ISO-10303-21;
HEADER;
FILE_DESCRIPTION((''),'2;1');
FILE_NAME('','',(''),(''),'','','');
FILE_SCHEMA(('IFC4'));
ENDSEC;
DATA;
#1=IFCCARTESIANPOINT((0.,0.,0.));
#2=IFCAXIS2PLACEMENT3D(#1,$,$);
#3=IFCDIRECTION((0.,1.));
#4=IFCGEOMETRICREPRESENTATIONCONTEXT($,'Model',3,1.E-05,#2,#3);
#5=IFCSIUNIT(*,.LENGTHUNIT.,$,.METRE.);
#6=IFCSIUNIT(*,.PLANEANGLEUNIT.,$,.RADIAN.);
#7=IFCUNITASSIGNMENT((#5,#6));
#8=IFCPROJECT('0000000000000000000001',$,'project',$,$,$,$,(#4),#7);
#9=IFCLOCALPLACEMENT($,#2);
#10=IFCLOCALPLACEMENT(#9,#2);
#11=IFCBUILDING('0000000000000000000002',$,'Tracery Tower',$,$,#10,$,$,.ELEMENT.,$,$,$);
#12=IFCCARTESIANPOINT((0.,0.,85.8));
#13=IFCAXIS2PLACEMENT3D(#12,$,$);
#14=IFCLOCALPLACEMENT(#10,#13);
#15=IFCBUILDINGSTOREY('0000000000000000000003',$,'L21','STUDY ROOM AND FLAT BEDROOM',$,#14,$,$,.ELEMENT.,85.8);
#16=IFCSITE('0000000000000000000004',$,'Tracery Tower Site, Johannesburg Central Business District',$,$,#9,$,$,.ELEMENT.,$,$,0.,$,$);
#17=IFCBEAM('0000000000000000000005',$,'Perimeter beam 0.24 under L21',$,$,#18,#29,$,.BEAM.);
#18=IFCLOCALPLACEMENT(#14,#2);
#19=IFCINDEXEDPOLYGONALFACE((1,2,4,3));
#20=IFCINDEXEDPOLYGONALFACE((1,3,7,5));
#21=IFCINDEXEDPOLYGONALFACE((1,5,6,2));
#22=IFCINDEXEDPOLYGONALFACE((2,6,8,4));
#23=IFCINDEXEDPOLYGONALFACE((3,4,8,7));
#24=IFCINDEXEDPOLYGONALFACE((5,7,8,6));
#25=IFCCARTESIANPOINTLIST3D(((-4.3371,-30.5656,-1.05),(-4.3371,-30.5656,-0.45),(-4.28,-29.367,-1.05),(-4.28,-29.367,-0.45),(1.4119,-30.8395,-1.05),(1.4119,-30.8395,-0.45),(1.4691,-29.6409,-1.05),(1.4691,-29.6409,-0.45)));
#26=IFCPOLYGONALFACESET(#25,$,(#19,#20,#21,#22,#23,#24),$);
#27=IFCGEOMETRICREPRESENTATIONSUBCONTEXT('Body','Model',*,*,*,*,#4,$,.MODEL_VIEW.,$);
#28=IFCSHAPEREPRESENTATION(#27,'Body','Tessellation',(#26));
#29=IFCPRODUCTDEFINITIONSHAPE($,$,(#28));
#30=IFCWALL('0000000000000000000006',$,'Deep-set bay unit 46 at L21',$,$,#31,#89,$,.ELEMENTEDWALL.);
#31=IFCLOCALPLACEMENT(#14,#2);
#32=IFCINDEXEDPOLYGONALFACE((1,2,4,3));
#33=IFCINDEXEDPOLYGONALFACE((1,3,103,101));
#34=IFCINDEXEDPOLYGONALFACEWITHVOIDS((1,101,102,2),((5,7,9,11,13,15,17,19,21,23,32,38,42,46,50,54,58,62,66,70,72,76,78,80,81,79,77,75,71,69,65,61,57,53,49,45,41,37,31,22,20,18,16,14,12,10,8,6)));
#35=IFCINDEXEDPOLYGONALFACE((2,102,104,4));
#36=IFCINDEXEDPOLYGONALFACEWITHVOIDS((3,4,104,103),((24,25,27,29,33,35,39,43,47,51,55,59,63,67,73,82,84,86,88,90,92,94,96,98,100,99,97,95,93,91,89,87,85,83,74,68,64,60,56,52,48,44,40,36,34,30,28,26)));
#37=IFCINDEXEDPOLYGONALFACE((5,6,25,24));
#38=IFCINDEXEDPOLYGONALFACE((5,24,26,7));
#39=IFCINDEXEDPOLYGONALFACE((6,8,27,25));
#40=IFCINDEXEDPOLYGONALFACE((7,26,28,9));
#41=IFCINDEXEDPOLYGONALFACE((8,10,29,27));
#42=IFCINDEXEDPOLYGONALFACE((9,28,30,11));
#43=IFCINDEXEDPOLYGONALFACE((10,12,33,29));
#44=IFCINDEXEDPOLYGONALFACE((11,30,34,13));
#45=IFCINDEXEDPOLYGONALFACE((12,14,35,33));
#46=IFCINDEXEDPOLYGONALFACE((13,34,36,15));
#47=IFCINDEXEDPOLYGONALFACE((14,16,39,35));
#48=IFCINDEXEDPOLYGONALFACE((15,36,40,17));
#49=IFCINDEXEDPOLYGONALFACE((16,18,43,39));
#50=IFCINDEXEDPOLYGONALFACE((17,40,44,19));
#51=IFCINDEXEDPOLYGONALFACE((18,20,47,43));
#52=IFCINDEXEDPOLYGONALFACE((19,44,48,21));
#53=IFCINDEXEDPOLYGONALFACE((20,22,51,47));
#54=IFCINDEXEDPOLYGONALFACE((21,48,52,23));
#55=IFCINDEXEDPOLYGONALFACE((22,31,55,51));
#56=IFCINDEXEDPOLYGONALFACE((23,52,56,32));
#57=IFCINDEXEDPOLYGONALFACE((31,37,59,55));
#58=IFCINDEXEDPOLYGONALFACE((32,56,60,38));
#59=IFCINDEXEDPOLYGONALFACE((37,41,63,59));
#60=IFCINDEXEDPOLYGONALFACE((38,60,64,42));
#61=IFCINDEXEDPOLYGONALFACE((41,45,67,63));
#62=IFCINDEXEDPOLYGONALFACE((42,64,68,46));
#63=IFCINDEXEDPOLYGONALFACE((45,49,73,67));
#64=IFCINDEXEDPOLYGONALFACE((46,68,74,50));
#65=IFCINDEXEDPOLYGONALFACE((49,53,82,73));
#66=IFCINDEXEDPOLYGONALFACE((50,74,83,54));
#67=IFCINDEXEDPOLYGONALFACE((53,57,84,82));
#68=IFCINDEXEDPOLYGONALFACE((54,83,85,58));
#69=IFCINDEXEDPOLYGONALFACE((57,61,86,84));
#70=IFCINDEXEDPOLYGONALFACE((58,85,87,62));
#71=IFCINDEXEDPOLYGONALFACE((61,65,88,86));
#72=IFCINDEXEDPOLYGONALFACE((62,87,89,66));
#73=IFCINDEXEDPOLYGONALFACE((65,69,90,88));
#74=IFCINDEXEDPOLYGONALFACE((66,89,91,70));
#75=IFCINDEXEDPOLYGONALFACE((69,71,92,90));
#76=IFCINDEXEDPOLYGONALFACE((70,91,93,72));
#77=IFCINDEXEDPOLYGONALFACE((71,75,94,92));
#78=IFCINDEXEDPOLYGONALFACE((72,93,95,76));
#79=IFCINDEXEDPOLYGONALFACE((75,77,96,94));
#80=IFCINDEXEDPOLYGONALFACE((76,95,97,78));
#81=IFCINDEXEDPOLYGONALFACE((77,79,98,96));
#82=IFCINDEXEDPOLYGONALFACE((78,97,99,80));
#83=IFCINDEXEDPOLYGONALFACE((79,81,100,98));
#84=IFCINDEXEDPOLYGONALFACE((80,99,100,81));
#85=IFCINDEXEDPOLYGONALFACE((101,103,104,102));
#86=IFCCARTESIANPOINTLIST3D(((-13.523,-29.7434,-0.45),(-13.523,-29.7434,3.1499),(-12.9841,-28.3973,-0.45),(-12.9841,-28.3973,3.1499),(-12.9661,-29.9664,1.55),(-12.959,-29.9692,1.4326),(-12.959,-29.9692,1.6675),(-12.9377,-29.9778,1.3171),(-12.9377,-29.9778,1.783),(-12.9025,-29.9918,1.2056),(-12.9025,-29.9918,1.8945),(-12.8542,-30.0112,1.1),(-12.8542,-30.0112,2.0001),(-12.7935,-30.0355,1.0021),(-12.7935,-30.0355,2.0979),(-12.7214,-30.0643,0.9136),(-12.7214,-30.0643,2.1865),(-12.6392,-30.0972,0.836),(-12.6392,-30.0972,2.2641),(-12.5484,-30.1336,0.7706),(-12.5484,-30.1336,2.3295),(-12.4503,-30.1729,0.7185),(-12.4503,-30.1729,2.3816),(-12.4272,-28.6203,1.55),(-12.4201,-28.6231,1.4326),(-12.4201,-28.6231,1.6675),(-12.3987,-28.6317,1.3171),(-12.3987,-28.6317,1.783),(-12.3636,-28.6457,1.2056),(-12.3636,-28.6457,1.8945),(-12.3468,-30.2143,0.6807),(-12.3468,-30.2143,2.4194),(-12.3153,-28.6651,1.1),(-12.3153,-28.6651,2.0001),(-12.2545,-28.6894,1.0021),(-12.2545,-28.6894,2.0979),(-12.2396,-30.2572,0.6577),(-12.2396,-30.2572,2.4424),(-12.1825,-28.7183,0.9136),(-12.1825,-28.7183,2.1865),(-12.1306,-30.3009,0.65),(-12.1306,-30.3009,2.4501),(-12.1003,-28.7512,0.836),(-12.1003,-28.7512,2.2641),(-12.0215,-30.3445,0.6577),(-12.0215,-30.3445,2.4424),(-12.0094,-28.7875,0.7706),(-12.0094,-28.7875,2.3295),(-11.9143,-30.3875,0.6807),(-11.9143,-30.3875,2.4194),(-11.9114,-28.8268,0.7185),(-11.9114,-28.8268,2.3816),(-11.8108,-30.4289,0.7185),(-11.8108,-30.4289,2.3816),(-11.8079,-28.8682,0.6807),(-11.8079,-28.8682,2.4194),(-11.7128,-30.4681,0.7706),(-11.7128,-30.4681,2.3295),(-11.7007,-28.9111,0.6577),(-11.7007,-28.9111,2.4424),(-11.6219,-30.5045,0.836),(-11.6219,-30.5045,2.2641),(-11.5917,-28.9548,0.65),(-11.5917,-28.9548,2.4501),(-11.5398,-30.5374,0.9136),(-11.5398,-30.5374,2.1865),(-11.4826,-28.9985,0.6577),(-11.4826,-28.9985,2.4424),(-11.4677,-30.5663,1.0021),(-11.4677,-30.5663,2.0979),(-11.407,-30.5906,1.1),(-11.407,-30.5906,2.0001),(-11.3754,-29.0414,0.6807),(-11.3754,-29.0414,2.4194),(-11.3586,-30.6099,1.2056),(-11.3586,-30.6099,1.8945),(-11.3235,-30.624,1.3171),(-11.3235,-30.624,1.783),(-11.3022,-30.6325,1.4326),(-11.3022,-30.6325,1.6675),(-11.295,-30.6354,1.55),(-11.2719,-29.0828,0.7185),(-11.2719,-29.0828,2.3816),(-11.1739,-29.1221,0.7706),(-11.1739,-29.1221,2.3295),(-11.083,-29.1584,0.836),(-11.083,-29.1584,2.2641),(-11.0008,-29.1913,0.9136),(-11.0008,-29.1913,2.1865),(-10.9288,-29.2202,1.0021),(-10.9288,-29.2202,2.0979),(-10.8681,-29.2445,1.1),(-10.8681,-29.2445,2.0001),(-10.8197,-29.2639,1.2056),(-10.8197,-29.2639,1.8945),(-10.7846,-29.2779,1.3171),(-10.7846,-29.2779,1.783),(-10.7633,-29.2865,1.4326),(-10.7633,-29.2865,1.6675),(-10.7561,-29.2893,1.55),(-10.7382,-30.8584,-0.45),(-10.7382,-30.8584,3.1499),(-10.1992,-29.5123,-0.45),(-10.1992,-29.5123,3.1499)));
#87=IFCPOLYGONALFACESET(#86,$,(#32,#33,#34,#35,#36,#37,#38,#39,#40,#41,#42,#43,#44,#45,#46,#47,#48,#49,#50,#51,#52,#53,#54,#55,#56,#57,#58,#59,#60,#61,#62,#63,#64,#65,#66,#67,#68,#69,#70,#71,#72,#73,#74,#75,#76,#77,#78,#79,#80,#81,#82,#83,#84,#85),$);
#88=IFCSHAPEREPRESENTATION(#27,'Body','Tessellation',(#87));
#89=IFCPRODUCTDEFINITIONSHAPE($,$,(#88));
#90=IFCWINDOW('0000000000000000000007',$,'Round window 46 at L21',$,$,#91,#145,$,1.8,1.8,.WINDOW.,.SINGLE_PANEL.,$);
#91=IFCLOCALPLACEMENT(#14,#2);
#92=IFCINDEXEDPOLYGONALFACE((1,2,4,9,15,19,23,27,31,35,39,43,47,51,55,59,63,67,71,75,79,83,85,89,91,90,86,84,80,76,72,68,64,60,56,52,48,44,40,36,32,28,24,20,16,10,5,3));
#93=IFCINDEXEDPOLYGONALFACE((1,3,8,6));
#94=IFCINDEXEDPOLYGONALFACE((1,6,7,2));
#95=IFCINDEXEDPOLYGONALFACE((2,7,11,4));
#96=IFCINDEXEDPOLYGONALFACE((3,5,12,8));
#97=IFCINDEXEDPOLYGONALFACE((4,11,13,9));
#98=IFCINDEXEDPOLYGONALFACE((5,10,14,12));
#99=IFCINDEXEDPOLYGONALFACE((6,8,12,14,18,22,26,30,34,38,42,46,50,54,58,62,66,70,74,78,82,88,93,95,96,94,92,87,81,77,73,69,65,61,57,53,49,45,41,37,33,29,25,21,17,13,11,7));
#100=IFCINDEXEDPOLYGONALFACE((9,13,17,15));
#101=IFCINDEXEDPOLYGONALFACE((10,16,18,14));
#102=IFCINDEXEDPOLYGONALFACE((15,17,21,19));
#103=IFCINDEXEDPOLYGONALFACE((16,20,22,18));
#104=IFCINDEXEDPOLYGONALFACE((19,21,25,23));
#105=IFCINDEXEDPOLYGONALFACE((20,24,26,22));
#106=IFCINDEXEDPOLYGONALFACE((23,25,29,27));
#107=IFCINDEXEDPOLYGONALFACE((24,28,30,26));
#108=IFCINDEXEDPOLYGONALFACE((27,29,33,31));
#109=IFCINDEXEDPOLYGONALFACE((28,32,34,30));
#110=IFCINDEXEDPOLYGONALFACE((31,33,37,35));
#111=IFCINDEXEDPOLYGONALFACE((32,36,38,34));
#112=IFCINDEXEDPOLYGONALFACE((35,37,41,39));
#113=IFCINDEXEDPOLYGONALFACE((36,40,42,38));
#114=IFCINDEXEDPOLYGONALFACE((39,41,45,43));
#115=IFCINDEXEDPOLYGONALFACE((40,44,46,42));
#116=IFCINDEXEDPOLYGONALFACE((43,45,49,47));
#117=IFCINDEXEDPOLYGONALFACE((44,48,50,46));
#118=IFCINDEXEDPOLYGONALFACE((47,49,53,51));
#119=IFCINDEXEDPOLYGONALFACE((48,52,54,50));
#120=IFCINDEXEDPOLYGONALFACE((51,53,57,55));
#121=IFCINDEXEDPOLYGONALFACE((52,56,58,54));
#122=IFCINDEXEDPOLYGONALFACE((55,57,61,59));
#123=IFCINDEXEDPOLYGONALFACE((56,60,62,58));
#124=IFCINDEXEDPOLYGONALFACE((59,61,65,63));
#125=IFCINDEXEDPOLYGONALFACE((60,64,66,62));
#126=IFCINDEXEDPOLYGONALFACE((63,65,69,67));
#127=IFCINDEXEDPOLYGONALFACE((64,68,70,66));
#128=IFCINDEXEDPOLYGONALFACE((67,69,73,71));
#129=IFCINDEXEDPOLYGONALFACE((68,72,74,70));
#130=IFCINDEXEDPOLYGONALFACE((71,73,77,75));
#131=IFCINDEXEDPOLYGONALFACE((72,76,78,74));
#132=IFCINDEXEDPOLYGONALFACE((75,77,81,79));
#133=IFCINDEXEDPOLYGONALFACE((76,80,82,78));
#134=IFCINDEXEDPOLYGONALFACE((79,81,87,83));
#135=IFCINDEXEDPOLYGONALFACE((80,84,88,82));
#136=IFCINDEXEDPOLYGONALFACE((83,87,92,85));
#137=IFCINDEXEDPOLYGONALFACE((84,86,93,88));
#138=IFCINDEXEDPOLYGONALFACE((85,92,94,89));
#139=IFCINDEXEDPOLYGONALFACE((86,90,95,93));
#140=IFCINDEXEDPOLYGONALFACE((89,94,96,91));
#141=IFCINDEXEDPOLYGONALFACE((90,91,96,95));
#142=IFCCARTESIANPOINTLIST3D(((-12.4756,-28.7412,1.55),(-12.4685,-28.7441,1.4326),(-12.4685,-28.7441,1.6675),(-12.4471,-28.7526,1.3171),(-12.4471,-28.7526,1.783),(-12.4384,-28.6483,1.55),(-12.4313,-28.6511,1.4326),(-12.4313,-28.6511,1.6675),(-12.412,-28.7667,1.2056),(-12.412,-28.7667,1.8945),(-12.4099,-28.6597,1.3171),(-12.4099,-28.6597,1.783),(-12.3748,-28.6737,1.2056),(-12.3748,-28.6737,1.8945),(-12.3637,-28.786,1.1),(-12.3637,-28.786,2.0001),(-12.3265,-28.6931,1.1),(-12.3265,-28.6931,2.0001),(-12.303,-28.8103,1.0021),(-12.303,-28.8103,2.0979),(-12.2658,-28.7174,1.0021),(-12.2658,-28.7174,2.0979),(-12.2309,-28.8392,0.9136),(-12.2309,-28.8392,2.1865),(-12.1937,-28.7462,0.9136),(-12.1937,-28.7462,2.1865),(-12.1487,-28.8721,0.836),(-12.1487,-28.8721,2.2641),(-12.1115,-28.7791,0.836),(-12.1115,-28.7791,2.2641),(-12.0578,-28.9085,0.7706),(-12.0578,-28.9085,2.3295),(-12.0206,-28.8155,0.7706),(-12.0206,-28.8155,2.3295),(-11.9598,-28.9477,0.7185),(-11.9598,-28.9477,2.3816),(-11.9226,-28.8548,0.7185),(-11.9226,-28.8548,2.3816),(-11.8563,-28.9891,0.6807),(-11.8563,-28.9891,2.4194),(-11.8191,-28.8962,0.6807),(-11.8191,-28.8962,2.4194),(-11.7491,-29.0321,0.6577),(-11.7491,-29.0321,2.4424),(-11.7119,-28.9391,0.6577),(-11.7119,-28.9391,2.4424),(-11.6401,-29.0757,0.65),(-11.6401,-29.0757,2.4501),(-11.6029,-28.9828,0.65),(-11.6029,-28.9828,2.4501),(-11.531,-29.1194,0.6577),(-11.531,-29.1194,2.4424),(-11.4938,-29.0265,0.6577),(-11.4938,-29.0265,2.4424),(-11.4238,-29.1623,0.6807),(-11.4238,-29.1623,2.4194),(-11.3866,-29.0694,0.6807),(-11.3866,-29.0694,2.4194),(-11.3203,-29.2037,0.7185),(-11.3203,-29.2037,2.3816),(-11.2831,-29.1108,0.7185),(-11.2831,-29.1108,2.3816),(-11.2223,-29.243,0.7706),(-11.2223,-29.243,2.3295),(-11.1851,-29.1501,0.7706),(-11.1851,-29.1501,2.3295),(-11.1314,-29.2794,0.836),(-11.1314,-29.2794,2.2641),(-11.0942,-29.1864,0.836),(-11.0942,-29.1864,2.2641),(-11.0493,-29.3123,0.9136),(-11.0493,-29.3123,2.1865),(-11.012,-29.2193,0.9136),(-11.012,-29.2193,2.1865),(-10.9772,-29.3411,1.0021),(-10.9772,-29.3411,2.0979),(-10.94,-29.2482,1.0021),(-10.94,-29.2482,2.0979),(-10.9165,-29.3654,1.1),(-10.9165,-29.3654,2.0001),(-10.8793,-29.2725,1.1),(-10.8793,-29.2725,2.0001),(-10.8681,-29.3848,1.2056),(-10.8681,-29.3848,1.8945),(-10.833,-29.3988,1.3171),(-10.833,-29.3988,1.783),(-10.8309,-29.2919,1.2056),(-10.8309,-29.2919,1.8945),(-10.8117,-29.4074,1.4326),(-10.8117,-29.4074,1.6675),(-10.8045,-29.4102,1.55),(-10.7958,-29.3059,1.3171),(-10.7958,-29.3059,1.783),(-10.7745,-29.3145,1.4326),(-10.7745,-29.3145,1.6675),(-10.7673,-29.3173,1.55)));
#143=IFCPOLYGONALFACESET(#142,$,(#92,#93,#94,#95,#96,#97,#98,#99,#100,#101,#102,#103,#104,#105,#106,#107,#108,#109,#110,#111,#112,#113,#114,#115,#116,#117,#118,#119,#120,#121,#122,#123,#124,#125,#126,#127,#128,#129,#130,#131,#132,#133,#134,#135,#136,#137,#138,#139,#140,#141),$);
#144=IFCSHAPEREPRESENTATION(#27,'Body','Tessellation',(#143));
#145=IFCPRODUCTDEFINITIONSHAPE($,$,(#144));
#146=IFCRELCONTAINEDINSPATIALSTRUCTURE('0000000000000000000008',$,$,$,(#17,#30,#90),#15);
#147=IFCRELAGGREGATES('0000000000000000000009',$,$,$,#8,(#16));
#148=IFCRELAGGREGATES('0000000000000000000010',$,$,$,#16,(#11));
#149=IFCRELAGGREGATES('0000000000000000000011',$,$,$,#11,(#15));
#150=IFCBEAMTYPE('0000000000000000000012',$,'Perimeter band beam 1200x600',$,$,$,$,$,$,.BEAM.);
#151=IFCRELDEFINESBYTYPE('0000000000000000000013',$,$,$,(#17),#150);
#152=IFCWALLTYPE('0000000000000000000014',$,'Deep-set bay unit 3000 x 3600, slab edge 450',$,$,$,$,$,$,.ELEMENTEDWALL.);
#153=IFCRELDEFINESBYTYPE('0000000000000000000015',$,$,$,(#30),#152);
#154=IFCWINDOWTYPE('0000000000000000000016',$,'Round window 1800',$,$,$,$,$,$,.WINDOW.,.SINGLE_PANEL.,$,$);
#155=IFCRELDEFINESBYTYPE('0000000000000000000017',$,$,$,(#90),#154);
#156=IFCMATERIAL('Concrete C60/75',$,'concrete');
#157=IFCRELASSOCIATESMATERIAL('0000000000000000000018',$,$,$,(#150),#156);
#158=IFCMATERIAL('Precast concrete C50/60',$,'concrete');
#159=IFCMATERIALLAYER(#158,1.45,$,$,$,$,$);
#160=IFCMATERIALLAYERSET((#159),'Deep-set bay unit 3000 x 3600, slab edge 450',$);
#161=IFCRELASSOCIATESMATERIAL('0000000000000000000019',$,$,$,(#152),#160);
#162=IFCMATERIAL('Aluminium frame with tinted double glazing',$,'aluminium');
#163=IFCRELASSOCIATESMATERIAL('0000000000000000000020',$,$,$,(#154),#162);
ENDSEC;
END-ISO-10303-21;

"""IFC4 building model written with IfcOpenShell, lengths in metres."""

from ifc_helpers import new_model, si_unit, direction, frame, frame_2d, origin, origin_2d, place, context, subcontext, project, spatial, rectangle, circle, extrude, material, layer, layer_set, material_profile, profile_set, type_object, element, fill, save


model = new_model("IFC4")

# Units and contexts
model_context = context("Model", 3, precision=1e-05, world=origin(), true_north=direction((0.0, 1.0)))
body_context = subcontext(model_context, "Body", "Model", "MODEL_VIEW")
ifc_project = project(units=[si_unit("LENGTHUNIT", "METRE"), si_unit("PLANEANGLEUNIT", "RADIAN")], contexts=[model_context])

# Site, building, storey
site_placement = place(None, origin())
site = spatial("IfcSite", under=ifc_project, at=site_placement, Name="Tracery Tower Site, Johannesburg Central Business District", CompositionType="ELEMENT", RefElevation=0.0)
building_placement = place(site_placement, origin())
building = spatial("IfcBuilding", under=site, at=building_placement, Name="Tracery Tower", CompositionType="ELEMENT")
storey_placement = place(building_placement, frame((0.0, 0.0, 85.8)))
storey = spatial("IfcBuildingStorey", under=building, at=storey_placement, Name="L21", Description="STUDY ROOM AND FLAT BEDROOM", CompositionType="ELEMENT", Elevation=85.8)

# Beam
ifc_material_1 = material(Name="Concrete C60/75", Category="concrete")
ifc_material_profile_1 = material_profile(ifc_material_1, rectangle(XDim=1.2, YDim=0.6001, at=origin_2d()), Name="RC 1200x600")
ifc_profile_set_1 = profile_set([ifc_material_profile_1], Name="Concrete C60/75")
beam_type = type_object("IfcBeamType", Name="Perimeter band beam 1200x600", PredefinedType="BEAM", material=ifc_profile_set_1)
beam_1_placement = place(storey_placement, frame((-4.3086, -29.9663, -0.75), z_axis=(0.998867, -0.047593, 0.0), x_axis=(0.047593, 0.998867, 0.0)))
element("IfcBeam", 1, at=beam_1_placement, inside=storey, type_object=beam_type, Name="Perimeter beam 0.24 under L21", PredefinedType="BEAM", context=body_context, shape_type="SweptSolid", body=[
    extrude(rectangle(XDim=1.2, YDim=0.6001, at=origin_2d()), origin(), (0.0, 0.0, 1.0), 5.7556),
])

# Wall, opening, window
ifc_material_2 = material(Name="Precast concrete C50/60", Category="concrete")
ifc_layer_1 = layer(ifc_material_2, 1.45)
ifc_layer_set_1 = layer_set([ifc_layer_1], Name="Deep-set bay unit 3000 x 3600, slab edge 450")
wall_type_1 = type_object("IfcWallType", Name="Deep-set bay unit 3000 x 3600, slab edge 450", PredefinedType="ELEMENTEDWALL", material=ifc_layer_set_1)
wall_1_placement = place(storey_placement, frame((-13.2537, -29.0703, -0.45), z_axis=(0.0, 0.0, 1.0), x_axis=(0.928359, -0.371685, 0.0)))
wall_1 = element("IfcWall", 2, at=wall_1_placement, inside=storey, type_object=wall_type_1, Name="Deep-set bay unit 46 at L21", PredefinedType="ELEMENTEDWALL", context=body_context, shape_type="SweptSolid", body=[
    extrude(rectangle(XDim=2.9998, YDim=1.45, at=frame_2d((1.5, 0.0))), origin(), (0.0, 0.0, 1.0), 3.5999),
])
opening_1_placement = place(wall_1_placement, frame((1.5, 0.0, 2.0)))
opening_1 = element("IfcOpeningElement", 3, at=opening_1_placement, cuts=wall_1, PredefinedType="OPENING", context=body_context, shape_type="SweptSolid", body=[
    extrude(circle(Radius=0.9, at=origin_2d()), frame((0.0, 0.7349, 0.0), z_axis=(0.0, -1.0, 0.0), x_axis=(1.0, 0.0, 0.0)), (0.0, 0.0, 1.0), 1.47),
])
ifc_material_3 = material(Name="Aluminium frame with tinted double glazing", Category="aluminium")
window_type = type_object("IfcWindowType", Name="Round window 1800", PartitioningType="SINGLE_PANEL", PredefinedType="WINDOW", material=ifc_material_3)
window_1_placement = place(opening_1_placement, origin())
window_1 = element("IfcWindow", 4, at=window_1_placement, inside=storey, type_object=window_type, Name="Round window 46 at L21", OverallHeight=1.8, OverallWidth=1.8, PartitioningType="SINGLE_PANEL", PredefinedType="WINDOW", context=body_context, shape_type="SweptSolid", body=[
    extrude(circle(Radius=0.9, at=origin_2d()), frame((0.0, 0.6948, 0.0), z_axis=(0.0, -1.0, 0.0), x_axis=(1.0, 0.0, 0.0)), (0.0, 0.0, 1.0), 0.1001),
])
fill(opening_1, window_1)

save(model, "model.ifc")
